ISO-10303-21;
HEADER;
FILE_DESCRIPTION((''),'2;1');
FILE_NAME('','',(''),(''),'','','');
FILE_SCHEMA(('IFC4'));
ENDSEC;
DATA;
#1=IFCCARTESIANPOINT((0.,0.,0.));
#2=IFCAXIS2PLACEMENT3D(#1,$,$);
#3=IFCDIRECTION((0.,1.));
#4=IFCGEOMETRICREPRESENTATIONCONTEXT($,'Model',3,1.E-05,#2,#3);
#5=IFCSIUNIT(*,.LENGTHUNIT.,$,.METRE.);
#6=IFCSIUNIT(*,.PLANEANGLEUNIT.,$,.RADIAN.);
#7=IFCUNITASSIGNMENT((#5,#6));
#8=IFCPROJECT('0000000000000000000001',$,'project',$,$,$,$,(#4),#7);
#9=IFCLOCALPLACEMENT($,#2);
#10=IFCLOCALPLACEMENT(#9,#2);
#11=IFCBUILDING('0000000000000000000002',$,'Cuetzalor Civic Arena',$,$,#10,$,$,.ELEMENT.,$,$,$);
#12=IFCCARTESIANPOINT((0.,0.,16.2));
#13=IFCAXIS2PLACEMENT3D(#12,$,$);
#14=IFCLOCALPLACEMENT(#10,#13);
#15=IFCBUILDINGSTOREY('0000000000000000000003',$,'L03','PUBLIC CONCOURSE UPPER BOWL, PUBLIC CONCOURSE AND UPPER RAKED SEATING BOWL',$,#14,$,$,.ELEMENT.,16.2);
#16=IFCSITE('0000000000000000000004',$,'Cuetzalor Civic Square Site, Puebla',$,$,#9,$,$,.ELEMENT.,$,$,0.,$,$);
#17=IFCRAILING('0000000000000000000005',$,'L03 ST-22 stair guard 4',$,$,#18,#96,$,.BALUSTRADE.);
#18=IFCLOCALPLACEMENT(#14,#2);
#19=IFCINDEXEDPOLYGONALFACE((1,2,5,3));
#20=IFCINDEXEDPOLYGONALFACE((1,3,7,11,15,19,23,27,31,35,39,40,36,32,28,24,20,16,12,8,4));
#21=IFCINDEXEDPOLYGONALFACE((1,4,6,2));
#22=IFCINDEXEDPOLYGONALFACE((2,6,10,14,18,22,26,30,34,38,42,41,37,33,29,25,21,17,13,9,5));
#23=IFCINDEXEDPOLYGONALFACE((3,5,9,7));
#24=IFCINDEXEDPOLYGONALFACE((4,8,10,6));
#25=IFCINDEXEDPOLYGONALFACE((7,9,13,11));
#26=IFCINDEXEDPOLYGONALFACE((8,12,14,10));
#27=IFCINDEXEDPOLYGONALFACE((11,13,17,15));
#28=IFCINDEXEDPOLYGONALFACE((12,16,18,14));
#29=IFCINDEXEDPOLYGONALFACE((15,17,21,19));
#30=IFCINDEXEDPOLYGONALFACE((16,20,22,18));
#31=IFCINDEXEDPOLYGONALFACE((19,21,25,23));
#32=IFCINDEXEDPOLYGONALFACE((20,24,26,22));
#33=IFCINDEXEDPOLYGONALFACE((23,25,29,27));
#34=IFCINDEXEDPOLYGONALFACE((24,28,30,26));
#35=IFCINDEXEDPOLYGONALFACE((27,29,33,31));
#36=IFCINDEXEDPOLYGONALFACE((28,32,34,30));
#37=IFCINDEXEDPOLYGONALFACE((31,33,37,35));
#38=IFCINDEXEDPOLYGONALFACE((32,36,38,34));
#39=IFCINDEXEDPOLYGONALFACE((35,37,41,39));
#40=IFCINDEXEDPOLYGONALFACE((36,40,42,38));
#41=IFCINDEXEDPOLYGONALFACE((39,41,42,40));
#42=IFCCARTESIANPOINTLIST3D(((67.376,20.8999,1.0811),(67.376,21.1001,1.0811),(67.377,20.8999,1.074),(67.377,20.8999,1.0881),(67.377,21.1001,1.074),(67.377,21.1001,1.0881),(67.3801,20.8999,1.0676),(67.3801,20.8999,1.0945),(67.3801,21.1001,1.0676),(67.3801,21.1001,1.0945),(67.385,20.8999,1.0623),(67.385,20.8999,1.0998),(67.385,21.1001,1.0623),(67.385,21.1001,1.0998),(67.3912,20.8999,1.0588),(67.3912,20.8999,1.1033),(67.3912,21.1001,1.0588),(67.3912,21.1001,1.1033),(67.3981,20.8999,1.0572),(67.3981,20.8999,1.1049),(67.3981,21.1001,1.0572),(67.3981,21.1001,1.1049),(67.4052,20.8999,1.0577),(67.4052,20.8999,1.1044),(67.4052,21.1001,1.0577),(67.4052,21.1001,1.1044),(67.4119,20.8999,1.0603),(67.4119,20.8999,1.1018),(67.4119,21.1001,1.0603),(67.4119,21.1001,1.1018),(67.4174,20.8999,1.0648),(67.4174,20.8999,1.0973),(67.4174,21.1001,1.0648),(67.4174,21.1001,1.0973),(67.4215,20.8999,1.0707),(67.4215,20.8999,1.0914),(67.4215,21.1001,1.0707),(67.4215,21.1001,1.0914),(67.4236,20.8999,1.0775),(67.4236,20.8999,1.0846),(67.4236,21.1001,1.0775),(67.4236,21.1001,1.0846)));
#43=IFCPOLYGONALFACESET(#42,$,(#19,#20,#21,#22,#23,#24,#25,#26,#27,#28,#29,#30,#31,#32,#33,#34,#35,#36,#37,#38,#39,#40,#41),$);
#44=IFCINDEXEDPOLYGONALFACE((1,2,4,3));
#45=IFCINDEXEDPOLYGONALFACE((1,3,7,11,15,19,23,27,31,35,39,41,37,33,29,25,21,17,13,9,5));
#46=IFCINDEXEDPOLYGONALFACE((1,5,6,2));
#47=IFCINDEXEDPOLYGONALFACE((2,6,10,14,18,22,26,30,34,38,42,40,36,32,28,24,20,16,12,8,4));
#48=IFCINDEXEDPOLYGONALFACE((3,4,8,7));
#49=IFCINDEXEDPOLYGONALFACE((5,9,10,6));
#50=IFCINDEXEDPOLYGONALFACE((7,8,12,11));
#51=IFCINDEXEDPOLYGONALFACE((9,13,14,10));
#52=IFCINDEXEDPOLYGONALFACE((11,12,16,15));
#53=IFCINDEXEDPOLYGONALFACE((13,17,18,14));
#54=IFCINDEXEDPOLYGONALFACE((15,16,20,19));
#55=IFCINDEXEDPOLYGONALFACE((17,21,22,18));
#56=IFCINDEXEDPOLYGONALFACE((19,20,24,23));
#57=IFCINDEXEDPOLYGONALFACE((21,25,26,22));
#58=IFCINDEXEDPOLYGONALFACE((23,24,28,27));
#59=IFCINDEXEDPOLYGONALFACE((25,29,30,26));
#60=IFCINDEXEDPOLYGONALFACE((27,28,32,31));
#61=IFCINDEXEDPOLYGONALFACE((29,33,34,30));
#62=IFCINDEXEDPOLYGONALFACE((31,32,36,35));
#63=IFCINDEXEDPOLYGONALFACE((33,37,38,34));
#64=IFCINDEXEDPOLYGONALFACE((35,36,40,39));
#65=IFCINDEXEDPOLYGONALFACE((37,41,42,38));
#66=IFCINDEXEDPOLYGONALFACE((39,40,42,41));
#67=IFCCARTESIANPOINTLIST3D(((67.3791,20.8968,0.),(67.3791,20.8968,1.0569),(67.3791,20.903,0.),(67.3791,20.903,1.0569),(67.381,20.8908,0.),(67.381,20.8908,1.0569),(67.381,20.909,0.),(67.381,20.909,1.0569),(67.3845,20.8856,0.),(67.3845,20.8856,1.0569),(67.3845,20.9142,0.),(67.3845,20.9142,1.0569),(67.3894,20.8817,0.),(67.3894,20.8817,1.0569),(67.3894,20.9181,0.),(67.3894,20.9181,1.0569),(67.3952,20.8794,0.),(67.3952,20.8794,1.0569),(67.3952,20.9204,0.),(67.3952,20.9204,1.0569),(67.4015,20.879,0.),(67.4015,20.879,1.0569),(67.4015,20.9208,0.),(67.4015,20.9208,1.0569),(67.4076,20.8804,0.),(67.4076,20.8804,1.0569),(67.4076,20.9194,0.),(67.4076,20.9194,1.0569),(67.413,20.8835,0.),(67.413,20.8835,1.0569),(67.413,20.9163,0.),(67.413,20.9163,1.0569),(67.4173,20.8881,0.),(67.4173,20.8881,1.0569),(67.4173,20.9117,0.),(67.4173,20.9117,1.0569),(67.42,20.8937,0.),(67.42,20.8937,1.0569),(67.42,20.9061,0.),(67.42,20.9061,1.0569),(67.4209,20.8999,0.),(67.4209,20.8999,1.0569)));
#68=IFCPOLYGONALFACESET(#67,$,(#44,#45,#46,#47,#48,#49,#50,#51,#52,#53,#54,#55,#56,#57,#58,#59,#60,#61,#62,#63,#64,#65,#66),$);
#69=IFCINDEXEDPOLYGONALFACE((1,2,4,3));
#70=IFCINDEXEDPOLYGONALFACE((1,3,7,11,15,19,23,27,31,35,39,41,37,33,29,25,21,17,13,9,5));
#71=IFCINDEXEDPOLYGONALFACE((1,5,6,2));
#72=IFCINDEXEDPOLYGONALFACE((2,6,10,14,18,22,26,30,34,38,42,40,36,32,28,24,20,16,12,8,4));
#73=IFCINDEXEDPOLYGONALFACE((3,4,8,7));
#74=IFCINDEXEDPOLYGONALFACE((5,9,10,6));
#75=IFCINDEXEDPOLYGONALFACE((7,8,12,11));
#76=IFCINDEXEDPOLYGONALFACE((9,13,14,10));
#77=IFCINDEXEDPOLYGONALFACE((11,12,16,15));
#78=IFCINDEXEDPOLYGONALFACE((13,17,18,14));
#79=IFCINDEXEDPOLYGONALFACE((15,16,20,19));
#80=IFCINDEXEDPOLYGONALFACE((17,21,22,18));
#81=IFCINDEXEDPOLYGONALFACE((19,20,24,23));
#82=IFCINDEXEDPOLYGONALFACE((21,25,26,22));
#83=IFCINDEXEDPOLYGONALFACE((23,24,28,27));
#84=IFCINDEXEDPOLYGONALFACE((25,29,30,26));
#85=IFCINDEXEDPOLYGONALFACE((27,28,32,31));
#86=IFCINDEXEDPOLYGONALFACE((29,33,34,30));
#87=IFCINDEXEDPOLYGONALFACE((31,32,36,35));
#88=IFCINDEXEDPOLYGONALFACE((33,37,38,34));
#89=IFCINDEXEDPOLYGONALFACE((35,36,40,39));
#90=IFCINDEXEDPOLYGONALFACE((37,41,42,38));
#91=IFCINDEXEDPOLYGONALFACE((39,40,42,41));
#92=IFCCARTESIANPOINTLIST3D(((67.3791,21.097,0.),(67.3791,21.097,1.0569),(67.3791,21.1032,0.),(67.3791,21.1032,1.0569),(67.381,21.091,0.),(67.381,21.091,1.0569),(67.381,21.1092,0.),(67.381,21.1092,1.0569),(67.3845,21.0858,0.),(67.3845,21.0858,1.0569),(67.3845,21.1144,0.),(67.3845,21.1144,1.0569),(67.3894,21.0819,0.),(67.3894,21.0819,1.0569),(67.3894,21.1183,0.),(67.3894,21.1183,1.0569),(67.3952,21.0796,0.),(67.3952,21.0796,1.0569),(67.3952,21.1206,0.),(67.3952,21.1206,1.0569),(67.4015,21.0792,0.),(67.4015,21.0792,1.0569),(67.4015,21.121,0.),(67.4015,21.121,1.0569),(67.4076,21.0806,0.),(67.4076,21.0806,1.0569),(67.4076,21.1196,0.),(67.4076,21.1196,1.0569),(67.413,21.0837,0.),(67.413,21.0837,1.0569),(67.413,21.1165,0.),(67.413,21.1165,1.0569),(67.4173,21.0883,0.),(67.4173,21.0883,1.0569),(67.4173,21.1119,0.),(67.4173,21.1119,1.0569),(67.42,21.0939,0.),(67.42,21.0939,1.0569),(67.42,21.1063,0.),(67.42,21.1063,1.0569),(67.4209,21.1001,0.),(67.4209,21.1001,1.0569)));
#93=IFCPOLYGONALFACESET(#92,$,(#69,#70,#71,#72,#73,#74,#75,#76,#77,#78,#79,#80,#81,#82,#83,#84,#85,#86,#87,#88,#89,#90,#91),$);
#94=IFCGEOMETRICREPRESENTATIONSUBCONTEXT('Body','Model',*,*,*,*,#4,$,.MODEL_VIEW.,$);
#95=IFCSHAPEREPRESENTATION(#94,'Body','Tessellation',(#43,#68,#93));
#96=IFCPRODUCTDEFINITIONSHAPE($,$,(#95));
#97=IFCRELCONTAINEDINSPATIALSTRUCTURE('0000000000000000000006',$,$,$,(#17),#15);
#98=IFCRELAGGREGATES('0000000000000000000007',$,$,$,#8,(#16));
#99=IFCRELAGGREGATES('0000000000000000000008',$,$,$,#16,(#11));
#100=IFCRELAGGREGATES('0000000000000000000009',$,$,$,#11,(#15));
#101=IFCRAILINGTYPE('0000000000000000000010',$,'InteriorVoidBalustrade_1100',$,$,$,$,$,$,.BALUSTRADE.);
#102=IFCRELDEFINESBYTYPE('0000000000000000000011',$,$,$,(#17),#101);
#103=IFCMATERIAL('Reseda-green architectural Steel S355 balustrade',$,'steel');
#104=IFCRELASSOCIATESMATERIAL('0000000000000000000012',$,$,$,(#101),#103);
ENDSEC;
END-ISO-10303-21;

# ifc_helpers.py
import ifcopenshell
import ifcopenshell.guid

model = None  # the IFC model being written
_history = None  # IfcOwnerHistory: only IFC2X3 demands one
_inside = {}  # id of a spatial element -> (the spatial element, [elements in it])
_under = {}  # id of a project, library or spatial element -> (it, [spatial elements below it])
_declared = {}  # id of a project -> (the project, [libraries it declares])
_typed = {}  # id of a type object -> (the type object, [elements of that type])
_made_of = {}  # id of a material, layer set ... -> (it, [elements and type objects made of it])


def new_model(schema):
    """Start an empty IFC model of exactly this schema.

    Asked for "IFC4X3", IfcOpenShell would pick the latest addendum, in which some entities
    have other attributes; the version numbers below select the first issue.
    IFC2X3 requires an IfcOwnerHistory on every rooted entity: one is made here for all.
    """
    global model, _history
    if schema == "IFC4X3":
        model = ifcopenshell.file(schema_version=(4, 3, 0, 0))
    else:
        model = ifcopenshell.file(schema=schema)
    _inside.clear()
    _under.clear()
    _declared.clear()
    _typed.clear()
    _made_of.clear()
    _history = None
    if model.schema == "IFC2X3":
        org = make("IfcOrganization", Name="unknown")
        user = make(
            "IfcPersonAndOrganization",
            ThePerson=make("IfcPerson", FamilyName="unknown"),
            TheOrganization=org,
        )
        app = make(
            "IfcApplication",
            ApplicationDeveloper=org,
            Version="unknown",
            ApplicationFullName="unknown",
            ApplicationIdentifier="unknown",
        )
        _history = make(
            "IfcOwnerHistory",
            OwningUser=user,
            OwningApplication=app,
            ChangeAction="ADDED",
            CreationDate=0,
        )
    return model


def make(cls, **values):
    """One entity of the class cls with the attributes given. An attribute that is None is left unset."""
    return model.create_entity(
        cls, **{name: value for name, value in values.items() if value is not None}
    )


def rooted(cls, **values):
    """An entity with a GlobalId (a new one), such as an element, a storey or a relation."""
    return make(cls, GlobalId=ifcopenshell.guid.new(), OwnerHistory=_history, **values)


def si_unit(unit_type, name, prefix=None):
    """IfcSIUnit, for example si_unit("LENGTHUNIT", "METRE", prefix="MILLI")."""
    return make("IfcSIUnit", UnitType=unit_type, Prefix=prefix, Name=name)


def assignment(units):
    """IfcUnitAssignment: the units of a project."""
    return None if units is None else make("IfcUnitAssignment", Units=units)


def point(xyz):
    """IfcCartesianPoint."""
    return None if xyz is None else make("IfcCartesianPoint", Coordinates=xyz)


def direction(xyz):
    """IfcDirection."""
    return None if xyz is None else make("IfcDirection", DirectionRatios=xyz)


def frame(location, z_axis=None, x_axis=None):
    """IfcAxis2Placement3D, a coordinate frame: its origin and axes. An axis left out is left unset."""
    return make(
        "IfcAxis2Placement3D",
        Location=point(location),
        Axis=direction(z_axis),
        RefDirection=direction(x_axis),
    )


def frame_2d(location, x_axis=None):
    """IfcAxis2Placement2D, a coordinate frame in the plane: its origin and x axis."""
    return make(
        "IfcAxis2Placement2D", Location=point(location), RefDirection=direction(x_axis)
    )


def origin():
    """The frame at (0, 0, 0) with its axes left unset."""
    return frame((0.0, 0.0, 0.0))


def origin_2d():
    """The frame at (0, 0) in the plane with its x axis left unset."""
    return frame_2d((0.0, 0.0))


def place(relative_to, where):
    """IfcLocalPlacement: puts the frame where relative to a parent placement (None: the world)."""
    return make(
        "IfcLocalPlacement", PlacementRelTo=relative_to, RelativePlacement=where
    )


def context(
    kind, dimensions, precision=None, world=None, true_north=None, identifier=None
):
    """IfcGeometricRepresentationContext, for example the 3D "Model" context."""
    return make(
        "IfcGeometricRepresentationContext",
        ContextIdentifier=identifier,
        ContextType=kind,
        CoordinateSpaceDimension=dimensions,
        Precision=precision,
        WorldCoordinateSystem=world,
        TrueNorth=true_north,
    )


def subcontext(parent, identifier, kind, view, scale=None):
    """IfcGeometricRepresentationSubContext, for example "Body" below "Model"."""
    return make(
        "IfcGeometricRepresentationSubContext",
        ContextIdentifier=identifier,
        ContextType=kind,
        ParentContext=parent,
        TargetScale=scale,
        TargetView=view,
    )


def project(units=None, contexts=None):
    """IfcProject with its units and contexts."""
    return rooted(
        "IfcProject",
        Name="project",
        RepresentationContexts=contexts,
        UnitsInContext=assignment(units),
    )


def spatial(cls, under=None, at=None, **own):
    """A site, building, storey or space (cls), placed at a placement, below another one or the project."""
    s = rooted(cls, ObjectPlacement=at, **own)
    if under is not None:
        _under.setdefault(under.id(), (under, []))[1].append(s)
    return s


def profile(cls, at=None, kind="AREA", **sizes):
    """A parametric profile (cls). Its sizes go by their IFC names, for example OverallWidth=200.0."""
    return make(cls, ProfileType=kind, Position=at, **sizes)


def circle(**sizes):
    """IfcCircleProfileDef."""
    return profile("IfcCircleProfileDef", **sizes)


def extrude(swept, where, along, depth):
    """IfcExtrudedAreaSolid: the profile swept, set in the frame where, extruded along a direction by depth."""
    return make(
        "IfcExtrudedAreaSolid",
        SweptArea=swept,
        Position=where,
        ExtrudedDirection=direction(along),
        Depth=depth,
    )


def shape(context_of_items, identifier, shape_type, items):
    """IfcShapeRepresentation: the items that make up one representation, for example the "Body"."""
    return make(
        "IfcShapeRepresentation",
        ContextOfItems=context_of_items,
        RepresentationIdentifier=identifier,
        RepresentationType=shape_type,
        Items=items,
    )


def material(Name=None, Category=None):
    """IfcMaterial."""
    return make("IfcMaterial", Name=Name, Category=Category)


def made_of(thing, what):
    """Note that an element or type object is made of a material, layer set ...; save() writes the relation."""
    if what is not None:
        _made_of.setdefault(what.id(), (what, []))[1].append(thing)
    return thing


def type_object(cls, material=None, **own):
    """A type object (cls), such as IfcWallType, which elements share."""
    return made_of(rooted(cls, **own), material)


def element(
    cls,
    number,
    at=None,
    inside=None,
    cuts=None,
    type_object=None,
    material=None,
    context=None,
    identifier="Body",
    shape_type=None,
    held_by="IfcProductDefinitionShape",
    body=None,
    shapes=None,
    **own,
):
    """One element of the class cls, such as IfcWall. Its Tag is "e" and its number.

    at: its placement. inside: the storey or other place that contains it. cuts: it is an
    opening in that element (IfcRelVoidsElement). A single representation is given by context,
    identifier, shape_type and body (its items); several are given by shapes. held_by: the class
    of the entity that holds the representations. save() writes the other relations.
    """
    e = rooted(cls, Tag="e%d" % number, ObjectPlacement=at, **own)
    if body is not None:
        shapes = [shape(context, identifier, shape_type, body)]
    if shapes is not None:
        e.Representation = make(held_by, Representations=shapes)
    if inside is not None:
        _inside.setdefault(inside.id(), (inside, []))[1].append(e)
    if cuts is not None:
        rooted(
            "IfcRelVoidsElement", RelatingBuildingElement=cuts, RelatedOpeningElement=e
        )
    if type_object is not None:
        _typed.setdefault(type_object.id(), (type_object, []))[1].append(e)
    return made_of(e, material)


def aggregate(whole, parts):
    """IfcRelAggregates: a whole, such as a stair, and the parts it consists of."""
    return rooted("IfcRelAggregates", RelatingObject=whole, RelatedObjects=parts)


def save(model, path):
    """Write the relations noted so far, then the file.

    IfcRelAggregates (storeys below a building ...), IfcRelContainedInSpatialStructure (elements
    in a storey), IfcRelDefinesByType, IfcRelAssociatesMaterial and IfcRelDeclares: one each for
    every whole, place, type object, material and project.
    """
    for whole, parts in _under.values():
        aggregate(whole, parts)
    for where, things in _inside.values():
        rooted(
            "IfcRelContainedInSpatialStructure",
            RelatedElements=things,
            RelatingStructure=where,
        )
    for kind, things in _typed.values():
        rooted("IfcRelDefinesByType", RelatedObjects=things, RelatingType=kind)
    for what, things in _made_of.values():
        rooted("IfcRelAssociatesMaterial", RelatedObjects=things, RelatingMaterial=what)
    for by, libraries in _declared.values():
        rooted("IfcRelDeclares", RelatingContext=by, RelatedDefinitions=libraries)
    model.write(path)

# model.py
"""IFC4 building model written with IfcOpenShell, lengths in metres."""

from ifc_helpers import new_model, si_unit, direction, frame, origin, origin_2d, place, context, subcontext, project, spatial, circle, extrude, material, type_object, element, save


model = new_model("IFC4")

# Units and contexts
model_context = context("Model", 3, precision=1e-05, world=origin(), true_north=direction((0.0, 1.0)))
body_context = subcontext(model_context, "Body", "Model", "MODEL_VIEW")
ifc_project = project(units=[si_unit("LENGTHUNIT", "METRE"), si_unit("PLANEANGLEUNIT", "RADIAN")], contexts=[model_context])

# Site, building, storey
site_placement = place(None, origin())
site = spatial("IfcSite", under=ifc_project, at=site_placement, Name="Cuetzalor Civic Square Site, Puebla", CompositionType="ELEMENT", RefElevation=0.0)
building_placement = place(site_placement, origin())
building = spatial("IfcBuilding", under=site, at=building_placement, Name="Cuetzalor Civic Arena", CompositionType="ELEMENT")
storey_placement = place(building_placement, frame((0.0, 0.0, 16.2)))
storey = spatial("IfcBuildingStorey", under=building, at=storey_placement, Name="L03", Description="PUBLIC CONCOURSE UPPER BOWL, PUBLIC CONCOURSE AND UPPER RAKED SEATING BOWL", CompositionType="ELEMENT", Elevation=16.2)

# Railing
ifc_material_1 = material(Name="Reseda-green architectural Steel S355 balustrade", Category="steel")
railing_type_1 = type_object("IfcRailingType", Name="InteriorVoidBalustrade_1100", PredefinedType="BALUSTRADE", material=ifc_material_1)
railing_1_placement = place(storey_placement, frame((67.3999, 20.8999, 0.0)))
element("IfcRailing", 1, at=railing_1_placement, inside=storey, type_object=railing_type_1, Name="L03 ST-22 stair guard 4", PredefinedType="BALUSTRADE", context=body_context, shape_type="SweptSolid", body=[
    extrude(circle(Radius=0.0239, at=origin_2d()), frame((0.0, 0.0, 1.0811), z_axis=(0.0, 1.0, 0.0), x_axis=(-1.0, 0.0, 0.0)), (0.0, 0.0, 1.0), 0.2002),
    extrude(circle(Radius=0.021, at=origin_2d()), origin(), (0.0, 0.0, 1.0), 1.0569),
    extrude(circle(Radius=0.021, at=origin_2d()), frame((0.0, 0.2002, 0.0)), (0.0, 0.0, 1.0), 1.0569),
])

save(model, "model.ifc")
